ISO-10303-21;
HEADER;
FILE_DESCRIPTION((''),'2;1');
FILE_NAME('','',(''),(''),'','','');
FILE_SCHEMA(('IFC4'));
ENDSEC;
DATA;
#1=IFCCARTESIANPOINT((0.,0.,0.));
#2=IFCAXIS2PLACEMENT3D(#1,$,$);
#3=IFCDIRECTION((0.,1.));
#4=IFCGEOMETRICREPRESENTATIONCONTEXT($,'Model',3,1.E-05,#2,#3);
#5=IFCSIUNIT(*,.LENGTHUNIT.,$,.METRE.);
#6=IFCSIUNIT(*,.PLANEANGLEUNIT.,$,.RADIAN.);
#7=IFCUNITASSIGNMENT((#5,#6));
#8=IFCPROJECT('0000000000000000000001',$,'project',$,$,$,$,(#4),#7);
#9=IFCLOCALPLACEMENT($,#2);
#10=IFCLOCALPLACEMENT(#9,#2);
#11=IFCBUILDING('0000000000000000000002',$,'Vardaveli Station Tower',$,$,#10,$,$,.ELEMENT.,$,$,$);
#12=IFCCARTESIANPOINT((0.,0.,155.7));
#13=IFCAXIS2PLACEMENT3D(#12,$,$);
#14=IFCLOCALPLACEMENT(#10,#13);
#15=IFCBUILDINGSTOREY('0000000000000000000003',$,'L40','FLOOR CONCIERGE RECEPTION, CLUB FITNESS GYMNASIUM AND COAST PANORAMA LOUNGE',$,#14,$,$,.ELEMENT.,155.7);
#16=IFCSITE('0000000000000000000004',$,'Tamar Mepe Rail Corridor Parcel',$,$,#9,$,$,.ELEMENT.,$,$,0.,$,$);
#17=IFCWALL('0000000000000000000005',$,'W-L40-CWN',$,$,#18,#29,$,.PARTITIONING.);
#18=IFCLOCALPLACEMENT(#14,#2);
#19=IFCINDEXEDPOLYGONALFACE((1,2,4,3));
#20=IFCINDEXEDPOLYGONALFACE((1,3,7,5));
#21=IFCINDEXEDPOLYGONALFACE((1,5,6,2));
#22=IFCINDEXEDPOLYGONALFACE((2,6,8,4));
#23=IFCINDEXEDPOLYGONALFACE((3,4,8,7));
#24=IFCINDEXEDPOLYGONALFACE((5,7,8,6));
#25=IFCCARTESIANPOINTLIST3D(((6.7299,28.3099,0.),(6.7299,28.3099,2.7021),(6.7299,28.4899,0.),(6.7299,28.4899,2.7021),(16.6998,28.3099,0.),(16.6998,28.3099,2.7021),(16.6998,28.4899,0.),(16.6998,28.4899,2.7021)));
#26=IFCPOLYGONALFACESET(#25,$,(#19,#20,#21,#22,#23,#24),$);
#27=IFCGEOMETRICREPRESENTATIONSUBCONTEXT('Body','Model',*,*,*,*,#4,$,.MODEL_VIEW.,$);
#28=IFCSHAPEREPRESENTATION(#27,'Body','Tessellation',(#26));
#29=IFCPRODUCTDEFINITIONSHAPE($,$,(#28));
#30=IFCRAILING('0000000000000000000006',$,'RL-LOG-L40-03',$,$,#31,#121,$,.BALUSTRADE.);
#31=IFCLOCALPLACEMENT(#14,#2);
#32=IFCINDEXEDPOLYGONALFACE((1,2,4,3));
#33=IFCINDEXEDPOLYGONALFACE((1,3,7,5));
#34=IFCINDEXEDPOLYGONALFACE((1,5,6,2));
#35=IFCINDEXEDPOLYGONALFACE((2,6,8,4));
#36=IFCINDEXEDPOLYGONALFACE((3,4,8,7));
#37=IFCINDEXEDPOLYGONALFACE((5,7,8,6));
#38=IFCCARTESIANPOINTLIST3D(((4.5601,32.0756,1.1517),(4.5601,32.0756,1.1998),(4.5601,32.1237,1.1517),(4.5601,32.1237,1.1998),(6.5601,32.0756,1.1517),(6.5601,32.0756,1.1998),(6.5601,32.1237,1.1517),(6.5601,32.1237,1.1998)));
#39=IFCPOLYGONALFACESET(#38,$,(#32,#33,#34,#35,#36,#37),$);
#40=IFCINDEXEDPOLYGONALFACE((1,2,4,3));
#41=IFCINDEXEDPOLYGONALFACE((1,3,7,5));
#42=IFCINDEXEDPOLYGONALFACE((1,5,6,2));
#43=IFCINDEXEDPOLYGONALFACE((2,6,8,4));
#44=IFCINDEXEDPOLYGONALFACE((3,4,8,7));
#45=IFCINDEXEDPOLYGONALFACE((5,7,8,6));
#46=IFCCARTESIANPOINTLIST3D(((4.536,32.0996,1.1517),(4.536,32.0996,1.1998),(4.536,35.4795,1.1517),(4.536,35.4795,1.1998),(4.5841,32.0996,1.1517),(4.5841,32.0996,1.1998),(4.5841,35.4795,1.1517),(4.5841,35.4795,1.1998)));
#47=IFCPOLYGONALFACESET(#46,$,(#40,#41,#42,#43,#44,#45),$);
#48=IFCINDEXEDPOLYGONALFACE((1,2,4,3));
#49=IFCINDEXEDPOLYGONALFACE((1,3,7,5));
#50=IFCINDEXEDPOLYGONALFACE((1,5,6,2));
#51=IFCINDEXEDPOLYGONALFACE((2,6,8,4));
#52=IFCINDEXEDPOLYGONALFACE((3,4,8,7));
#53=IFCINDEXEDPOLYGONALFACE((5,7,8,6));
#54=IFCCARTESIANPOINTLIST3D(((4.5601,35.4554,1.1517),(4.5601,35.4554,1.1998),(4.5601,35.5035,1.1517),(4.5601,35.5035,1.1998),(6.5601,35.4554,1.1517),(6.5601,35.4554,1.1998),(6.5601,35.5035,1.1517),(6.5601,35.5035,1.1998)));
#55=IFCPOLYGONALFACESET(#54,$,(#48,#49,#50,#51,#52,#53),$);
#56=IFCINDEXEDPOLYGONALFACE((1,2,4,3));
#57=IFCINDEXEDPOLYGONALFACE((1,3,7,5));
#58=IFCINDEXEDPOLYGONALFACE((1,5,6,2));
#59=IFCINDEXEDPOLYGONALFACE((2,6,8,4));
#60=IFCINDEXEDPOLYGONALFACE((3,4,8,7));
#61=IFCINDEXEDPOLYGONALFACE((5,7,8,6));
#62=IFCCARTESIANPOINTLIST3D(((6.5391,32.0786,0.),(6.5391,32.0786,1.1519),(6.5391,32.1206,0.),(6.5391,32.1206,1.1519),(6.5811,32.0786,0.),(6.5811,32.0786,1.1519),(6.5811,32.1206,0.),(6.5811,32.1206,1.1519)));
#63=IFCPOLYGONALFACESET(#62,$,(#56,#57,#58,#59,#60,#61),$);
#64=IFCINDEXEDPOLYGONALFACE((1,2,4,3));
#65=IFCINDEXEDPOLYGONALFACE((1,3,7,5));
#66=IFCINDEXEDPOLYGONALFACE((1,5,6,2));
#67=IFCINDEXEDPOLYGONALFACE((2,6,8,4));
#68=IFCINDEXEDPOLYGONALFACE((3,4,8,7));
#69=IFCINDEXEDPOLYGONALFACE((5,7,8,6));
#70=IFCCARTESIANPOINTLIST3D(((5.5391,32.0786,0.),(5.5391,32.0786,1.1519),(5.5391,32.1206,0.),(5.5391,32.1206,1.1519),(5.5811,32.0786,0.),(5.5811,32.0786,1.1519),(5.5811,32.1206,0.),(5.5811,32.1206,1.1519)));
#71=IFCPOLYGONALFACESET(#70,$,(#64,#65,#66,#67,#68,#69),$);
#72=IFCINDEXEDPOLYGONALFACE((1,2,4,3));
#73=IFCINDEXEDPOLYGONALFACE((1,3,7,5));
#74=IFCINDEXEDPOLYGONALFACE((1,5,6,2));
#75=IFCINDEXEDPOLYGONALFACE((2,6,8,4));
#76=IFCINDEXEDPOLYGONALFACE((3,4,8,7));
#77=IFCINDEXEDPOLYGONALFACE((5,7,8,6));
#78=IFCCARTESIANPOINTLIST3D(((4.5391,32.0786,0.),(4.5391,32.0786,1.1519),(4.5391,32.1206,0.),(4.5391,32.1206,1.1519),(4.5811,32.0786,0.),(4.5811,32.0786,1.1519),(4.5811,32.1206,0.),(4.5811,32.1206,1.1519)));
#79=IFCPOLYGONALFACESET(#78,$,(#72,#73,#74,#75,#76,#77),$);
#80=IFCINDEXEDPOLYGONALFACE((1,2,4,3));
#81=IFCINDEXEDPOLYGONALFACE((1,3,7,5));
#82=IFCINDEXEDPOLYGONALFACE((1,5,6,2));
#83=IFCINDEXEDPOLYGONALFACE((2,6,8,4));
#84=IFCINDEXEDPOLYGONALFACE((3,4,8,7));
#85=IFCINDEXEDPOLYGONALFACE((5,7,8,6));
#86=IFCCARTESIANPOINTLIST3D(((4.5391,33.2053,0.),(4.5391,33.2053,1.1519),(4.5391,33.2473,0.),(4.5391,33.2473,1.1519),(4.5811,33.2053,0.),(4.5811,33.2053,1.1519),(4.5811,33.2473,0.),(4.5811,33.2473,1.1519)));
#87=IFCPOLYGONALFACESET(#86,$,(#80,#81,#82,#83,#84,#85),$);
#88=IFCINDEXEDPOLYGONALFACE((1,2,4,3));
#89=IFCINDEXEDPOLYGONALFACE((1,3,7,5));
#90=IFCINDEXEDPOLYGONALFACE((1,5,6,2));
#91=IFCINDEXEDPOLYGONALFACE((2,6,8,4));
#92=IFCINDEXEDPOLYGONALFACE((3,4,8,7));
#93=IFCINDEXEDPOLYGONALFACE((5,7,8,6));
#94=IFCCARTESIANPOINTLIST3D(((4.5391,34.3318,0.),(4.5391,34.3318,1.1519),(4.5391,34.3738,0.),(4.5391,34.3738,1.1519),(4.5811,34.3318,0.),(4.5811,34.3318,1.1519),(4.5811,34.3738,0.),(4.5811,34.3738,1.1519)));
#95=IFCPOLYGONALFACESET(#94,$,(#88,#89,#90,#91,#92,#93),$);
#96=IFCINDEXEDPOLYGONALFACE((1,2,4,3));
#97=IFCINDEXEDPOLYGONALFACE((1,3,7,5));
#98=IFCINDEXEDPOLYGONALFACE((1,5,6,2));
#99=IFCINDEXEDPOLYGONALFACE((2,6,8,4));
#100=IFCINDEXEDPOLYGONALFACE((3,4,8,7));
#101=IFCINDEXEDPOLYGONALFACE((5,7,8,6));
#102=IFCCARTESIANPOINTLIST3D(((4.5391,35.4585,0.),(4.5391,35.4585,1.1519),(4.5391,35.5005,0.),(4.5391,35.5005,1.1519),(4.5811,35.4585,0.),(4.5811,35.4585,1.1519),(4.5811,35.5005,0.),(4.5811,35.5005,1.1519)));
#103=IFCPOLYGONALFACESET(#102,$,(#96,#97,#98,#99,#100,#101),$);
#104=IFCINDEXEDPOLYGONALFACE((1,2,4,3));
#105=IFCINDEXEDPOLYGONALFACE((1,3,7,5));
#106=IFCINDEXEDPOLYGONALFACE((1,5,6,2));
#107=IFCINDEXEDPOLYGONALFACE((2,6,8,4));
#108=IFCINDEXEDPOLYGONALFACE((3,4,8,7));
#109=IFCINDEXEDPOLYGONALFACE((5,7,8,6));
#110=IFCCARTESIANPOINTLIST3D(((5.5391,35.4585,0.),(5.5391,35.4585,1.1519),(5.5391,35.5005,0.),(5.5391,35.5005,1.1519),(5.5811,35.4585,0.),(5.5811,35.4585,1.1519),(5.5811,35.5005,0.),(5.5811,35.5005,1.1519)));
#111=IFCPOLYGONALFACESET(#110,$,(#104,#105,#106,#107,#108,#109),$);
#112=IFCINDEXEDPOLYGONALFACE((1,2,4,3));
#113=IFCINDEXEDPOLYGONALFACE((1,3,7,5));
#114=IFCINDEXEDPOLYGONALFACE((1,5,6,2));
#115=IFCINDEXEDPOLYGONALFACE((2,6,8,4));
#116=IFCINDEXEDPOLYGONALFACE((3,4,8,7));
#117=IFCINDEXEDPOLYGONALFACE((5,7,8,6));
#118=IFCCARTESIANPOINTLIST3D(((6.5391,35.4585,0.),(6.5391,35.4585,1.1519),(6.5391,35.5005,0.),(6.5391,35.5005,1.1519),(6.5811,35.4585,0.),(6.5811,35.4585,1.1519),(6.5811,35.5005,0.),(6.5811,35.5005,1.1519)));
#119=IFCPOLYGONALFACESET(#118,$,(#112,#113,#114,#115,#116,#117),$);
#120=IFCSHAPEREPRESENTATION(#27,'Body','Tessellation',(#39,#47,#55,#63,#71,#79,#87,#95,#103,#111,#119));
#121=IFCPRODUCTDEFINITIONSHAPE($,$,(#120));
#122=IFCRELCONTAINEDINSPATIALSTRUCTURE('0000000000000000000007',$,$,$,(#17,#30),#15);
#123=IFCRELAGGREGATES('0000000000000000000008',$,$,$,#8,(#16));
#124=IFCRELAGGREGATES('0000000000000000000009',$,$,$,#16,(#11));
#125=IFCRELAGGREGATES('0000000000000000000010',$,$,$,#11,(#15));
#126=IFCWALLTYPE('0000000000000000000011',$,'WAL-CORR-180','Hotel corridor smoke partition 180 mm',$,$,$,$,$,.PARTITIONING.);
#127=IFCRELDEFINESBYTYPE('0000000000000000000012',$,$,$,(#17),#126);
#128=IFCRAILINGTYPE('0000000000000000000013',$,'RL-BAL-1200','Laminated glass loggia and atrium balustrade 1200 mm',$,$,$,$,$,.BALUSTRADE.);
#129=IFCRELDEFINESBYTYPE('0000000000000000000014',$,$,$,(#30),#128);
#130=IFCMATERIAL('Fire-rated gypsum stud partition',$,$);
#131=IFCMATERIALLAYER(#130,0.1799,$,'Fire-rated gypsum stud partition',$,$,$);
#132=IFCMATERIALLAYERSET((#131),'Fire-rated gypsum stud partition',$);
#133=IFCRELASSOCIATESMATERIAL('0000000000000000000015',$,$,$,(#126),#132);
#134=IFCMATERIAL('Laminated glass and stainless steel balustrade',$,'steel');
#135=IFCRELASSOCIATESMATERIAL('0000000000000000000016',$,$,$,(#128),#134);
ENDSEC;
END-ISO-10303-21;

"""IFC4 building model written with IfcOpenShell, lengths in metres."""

from ifc_helpers import new_model, si_unit, direction, frame, frame_2d, origin, origin_2d, place, context, subcontext, project, spatial, rectangle, extrude, source, transform, mapped, material, layer, layer_set, type_object, element, save


model = new_model("IFC4")

# Units and contexts
model_context = context("Model", 3, precision=1e-05, world=origin(), true_north=direction((0.0, 1.0)))
body_context = subcontext(model_context, "Body", "Model", "MODEL_VIEW")
ifc_project = project(units=[si_unit("LENGTHUNIT", "METRE"), si_unit("PLANEANGLEUNIT", "RADIAN")], contexts=[model_context])

# Site, building, storey
site_placement = place(None, origin())
site = spatial("IfcSite", under=ifc_project, at=site_placement, Name="Tamar Mepe Rail Corridor Parcel", CompositionType="ELEMENT", RefElevation=0.0)
building_placement = place(site_placement, origin())
building = spatial("IfcBuilding", under=site, at=building_placement, Name="Vardaveli Station Tower", CompositionType="ELEMENT")
storey_placement = place(building_placement, frame((0.0, 0.0, 155.7)))
storey = spatial("IfcBuildingStorey", under=building, at=storey_placement, Name="L40", Description="FLOOR CONCIERGE RECEPTION, CLUB FITNESS GYMNASIUM AND COAST PANORAMA LOUNGE", CompositionType="ELEMENT", Elevation=155.7)

# Wall
ifc_material_1 = material(Name="Fire-rated gypsum stud partition")
ifc_layer_1 = layer(ifc_material_1, 0.1799, Name="Fire-rated gypsum stud partition")
ifc_layer_set_1 = layer_set([ifc_layer_1], Name="Fire-rated gypsum stud partition")
wall_type_1 = type_object("IfcWallType", Name="WAL-CORR-180", Description="Hotel corridor smoke partition 180 mm", PredefinedType="PARTITIONING", material=ifc_layer_set_1)
shared_shape_1 = source(origin(), body_context, "Body", "SweptSolid", [
    extrude(rectangle(XDim=9.97, YDim=0.1799, at=frame_2d((4.9849, 0.0))), origin(), (0.0, 0.0, 1.0), 2.7021),
])
wall_1_placement = place(storey_placement, frame((6.73, 28.3999, 0.0), z_axis=(0.0, 0.0, 1.0), x_axis=(1.0, 0.0, 0.0)))
element("IfcWall", 1, at=wall_1_placement, inside=storey, type_object=wall_type_1, Name="W-L40-CWN", PredefinedType="PARTITIONING", context=body_context, shape_type="MappedRepresentation", body=[
    mapped(shared_shape_1, transform((0.0, 0.0, 0.0), scale=1.0)),
])

# Railing
ifc_material_2 = material(Name="Laminated glass and stainless steel balustrade", Category="steel")
railing_type = type_object("IfcRailingType", Name="RL-BAL-1200", Description="Laminated glass loggia and atrium balustrade 1200 mm", PredefinedType="BALUSTRADE", material=ifc_material_2)
shared_shape_2 = source(origin(), body_context, "Body", "SweptSolid", [
    extrude(rectangle(XDim=0.0481, YDim=0.0481, at=origin_2d()), frame((0.0, 0.0, 1.1758), z_axis=(-1.0, 0.0, 0.0), x_axis=(0.0, -1.0, 0.0)), (0.0, 0.0, 1.0), 2.0),
    extrude(rectangle(XDim=0.0481, YDim=0.0481, at=origin_2d()), frame((-2.0, 0.0, 1.1758), z_axis=(0.0, 1.0, 0.0), x_axis=(-1.0, 0.0, 0.0)), (0.0, 0.0, 1.0), 3.3799),
    extrude(rectangle(XDim=0.0481, YDim=0.0481, at=origin_2d()), frame((-2.0, 3.3799, 1.1758), z_axis=(1.0, 0.0, 0.0), x_axis=(0.0, 1.0, 0.0)), (0.0, 0.0, 1.0), 2.0),
    extrude(rectangle(XDim=0.042, YDim=0.042, at=origin_2d()), origin(), (0.0, 0.0, 1.0), 1.1519),
    extrude(rectangle(XDim=0.042, YDim=0.042, at=origin_2d()), frame((-1.0, 0.0, 0.0)), (0.0, 0.0, 1.0), 1.1519),
    extrude(rectangle(XDim=0.042, YDim=0.042, at=origin_2d()), frame((-2.0, 0.0, 0.0)), (0.0, 0.0, 1.0), 1.1519),
    extrude(rectangle(XDim=0.042, YDim=0.042, at=origin_2d()), frame((-2.0, 1.1267, 0.0)), (0.0, 0.0, 1.0), 1.1519),
    extrude(rectangle(XDim=0.042, YDim=0.042, at=origin_2d()), frame((-2.0, 2.2532, 0.0)), (0.0, 0.0, 1.0), 1.1519),
    extrude(rectangle(XDim=0.042, YDim=0.042, at=origin_2d()), frame((-2.0, 3.3799, 0.0)), (0.0, 0.0, 1.0), 1.1519),
    extrude(rectangle(XDim=0.042, YDim=0.042, at=origin_2d()), frame((-1.0, 3.3799, 0.0)), (0.0, 0.0, 1.0), 1.1519),
    extrude(rectangle(XDim=0.042, YDim=0.042, at=origin_2d()), frame((0.0, 3.3799, 0.0)), (0.0, 0.0, 1.0), 1.1519),
])
railing_placement = place(storey_placement, frame((6.5601, 32.0996, 0.0)))
element("IfcRailing", 2, at=railing_placement, inside=storey, type_object=railing_type, Name="RL-LOG-L40-03", PredefinedType="BALUSTRADE", context=body_context, shape_type="MappedRepresentation", body=[
    mapped(shared_shape_2, transform((0.0, 0.0, 0.0), scale=1.0)),
])

save(model, "model.ifc")
